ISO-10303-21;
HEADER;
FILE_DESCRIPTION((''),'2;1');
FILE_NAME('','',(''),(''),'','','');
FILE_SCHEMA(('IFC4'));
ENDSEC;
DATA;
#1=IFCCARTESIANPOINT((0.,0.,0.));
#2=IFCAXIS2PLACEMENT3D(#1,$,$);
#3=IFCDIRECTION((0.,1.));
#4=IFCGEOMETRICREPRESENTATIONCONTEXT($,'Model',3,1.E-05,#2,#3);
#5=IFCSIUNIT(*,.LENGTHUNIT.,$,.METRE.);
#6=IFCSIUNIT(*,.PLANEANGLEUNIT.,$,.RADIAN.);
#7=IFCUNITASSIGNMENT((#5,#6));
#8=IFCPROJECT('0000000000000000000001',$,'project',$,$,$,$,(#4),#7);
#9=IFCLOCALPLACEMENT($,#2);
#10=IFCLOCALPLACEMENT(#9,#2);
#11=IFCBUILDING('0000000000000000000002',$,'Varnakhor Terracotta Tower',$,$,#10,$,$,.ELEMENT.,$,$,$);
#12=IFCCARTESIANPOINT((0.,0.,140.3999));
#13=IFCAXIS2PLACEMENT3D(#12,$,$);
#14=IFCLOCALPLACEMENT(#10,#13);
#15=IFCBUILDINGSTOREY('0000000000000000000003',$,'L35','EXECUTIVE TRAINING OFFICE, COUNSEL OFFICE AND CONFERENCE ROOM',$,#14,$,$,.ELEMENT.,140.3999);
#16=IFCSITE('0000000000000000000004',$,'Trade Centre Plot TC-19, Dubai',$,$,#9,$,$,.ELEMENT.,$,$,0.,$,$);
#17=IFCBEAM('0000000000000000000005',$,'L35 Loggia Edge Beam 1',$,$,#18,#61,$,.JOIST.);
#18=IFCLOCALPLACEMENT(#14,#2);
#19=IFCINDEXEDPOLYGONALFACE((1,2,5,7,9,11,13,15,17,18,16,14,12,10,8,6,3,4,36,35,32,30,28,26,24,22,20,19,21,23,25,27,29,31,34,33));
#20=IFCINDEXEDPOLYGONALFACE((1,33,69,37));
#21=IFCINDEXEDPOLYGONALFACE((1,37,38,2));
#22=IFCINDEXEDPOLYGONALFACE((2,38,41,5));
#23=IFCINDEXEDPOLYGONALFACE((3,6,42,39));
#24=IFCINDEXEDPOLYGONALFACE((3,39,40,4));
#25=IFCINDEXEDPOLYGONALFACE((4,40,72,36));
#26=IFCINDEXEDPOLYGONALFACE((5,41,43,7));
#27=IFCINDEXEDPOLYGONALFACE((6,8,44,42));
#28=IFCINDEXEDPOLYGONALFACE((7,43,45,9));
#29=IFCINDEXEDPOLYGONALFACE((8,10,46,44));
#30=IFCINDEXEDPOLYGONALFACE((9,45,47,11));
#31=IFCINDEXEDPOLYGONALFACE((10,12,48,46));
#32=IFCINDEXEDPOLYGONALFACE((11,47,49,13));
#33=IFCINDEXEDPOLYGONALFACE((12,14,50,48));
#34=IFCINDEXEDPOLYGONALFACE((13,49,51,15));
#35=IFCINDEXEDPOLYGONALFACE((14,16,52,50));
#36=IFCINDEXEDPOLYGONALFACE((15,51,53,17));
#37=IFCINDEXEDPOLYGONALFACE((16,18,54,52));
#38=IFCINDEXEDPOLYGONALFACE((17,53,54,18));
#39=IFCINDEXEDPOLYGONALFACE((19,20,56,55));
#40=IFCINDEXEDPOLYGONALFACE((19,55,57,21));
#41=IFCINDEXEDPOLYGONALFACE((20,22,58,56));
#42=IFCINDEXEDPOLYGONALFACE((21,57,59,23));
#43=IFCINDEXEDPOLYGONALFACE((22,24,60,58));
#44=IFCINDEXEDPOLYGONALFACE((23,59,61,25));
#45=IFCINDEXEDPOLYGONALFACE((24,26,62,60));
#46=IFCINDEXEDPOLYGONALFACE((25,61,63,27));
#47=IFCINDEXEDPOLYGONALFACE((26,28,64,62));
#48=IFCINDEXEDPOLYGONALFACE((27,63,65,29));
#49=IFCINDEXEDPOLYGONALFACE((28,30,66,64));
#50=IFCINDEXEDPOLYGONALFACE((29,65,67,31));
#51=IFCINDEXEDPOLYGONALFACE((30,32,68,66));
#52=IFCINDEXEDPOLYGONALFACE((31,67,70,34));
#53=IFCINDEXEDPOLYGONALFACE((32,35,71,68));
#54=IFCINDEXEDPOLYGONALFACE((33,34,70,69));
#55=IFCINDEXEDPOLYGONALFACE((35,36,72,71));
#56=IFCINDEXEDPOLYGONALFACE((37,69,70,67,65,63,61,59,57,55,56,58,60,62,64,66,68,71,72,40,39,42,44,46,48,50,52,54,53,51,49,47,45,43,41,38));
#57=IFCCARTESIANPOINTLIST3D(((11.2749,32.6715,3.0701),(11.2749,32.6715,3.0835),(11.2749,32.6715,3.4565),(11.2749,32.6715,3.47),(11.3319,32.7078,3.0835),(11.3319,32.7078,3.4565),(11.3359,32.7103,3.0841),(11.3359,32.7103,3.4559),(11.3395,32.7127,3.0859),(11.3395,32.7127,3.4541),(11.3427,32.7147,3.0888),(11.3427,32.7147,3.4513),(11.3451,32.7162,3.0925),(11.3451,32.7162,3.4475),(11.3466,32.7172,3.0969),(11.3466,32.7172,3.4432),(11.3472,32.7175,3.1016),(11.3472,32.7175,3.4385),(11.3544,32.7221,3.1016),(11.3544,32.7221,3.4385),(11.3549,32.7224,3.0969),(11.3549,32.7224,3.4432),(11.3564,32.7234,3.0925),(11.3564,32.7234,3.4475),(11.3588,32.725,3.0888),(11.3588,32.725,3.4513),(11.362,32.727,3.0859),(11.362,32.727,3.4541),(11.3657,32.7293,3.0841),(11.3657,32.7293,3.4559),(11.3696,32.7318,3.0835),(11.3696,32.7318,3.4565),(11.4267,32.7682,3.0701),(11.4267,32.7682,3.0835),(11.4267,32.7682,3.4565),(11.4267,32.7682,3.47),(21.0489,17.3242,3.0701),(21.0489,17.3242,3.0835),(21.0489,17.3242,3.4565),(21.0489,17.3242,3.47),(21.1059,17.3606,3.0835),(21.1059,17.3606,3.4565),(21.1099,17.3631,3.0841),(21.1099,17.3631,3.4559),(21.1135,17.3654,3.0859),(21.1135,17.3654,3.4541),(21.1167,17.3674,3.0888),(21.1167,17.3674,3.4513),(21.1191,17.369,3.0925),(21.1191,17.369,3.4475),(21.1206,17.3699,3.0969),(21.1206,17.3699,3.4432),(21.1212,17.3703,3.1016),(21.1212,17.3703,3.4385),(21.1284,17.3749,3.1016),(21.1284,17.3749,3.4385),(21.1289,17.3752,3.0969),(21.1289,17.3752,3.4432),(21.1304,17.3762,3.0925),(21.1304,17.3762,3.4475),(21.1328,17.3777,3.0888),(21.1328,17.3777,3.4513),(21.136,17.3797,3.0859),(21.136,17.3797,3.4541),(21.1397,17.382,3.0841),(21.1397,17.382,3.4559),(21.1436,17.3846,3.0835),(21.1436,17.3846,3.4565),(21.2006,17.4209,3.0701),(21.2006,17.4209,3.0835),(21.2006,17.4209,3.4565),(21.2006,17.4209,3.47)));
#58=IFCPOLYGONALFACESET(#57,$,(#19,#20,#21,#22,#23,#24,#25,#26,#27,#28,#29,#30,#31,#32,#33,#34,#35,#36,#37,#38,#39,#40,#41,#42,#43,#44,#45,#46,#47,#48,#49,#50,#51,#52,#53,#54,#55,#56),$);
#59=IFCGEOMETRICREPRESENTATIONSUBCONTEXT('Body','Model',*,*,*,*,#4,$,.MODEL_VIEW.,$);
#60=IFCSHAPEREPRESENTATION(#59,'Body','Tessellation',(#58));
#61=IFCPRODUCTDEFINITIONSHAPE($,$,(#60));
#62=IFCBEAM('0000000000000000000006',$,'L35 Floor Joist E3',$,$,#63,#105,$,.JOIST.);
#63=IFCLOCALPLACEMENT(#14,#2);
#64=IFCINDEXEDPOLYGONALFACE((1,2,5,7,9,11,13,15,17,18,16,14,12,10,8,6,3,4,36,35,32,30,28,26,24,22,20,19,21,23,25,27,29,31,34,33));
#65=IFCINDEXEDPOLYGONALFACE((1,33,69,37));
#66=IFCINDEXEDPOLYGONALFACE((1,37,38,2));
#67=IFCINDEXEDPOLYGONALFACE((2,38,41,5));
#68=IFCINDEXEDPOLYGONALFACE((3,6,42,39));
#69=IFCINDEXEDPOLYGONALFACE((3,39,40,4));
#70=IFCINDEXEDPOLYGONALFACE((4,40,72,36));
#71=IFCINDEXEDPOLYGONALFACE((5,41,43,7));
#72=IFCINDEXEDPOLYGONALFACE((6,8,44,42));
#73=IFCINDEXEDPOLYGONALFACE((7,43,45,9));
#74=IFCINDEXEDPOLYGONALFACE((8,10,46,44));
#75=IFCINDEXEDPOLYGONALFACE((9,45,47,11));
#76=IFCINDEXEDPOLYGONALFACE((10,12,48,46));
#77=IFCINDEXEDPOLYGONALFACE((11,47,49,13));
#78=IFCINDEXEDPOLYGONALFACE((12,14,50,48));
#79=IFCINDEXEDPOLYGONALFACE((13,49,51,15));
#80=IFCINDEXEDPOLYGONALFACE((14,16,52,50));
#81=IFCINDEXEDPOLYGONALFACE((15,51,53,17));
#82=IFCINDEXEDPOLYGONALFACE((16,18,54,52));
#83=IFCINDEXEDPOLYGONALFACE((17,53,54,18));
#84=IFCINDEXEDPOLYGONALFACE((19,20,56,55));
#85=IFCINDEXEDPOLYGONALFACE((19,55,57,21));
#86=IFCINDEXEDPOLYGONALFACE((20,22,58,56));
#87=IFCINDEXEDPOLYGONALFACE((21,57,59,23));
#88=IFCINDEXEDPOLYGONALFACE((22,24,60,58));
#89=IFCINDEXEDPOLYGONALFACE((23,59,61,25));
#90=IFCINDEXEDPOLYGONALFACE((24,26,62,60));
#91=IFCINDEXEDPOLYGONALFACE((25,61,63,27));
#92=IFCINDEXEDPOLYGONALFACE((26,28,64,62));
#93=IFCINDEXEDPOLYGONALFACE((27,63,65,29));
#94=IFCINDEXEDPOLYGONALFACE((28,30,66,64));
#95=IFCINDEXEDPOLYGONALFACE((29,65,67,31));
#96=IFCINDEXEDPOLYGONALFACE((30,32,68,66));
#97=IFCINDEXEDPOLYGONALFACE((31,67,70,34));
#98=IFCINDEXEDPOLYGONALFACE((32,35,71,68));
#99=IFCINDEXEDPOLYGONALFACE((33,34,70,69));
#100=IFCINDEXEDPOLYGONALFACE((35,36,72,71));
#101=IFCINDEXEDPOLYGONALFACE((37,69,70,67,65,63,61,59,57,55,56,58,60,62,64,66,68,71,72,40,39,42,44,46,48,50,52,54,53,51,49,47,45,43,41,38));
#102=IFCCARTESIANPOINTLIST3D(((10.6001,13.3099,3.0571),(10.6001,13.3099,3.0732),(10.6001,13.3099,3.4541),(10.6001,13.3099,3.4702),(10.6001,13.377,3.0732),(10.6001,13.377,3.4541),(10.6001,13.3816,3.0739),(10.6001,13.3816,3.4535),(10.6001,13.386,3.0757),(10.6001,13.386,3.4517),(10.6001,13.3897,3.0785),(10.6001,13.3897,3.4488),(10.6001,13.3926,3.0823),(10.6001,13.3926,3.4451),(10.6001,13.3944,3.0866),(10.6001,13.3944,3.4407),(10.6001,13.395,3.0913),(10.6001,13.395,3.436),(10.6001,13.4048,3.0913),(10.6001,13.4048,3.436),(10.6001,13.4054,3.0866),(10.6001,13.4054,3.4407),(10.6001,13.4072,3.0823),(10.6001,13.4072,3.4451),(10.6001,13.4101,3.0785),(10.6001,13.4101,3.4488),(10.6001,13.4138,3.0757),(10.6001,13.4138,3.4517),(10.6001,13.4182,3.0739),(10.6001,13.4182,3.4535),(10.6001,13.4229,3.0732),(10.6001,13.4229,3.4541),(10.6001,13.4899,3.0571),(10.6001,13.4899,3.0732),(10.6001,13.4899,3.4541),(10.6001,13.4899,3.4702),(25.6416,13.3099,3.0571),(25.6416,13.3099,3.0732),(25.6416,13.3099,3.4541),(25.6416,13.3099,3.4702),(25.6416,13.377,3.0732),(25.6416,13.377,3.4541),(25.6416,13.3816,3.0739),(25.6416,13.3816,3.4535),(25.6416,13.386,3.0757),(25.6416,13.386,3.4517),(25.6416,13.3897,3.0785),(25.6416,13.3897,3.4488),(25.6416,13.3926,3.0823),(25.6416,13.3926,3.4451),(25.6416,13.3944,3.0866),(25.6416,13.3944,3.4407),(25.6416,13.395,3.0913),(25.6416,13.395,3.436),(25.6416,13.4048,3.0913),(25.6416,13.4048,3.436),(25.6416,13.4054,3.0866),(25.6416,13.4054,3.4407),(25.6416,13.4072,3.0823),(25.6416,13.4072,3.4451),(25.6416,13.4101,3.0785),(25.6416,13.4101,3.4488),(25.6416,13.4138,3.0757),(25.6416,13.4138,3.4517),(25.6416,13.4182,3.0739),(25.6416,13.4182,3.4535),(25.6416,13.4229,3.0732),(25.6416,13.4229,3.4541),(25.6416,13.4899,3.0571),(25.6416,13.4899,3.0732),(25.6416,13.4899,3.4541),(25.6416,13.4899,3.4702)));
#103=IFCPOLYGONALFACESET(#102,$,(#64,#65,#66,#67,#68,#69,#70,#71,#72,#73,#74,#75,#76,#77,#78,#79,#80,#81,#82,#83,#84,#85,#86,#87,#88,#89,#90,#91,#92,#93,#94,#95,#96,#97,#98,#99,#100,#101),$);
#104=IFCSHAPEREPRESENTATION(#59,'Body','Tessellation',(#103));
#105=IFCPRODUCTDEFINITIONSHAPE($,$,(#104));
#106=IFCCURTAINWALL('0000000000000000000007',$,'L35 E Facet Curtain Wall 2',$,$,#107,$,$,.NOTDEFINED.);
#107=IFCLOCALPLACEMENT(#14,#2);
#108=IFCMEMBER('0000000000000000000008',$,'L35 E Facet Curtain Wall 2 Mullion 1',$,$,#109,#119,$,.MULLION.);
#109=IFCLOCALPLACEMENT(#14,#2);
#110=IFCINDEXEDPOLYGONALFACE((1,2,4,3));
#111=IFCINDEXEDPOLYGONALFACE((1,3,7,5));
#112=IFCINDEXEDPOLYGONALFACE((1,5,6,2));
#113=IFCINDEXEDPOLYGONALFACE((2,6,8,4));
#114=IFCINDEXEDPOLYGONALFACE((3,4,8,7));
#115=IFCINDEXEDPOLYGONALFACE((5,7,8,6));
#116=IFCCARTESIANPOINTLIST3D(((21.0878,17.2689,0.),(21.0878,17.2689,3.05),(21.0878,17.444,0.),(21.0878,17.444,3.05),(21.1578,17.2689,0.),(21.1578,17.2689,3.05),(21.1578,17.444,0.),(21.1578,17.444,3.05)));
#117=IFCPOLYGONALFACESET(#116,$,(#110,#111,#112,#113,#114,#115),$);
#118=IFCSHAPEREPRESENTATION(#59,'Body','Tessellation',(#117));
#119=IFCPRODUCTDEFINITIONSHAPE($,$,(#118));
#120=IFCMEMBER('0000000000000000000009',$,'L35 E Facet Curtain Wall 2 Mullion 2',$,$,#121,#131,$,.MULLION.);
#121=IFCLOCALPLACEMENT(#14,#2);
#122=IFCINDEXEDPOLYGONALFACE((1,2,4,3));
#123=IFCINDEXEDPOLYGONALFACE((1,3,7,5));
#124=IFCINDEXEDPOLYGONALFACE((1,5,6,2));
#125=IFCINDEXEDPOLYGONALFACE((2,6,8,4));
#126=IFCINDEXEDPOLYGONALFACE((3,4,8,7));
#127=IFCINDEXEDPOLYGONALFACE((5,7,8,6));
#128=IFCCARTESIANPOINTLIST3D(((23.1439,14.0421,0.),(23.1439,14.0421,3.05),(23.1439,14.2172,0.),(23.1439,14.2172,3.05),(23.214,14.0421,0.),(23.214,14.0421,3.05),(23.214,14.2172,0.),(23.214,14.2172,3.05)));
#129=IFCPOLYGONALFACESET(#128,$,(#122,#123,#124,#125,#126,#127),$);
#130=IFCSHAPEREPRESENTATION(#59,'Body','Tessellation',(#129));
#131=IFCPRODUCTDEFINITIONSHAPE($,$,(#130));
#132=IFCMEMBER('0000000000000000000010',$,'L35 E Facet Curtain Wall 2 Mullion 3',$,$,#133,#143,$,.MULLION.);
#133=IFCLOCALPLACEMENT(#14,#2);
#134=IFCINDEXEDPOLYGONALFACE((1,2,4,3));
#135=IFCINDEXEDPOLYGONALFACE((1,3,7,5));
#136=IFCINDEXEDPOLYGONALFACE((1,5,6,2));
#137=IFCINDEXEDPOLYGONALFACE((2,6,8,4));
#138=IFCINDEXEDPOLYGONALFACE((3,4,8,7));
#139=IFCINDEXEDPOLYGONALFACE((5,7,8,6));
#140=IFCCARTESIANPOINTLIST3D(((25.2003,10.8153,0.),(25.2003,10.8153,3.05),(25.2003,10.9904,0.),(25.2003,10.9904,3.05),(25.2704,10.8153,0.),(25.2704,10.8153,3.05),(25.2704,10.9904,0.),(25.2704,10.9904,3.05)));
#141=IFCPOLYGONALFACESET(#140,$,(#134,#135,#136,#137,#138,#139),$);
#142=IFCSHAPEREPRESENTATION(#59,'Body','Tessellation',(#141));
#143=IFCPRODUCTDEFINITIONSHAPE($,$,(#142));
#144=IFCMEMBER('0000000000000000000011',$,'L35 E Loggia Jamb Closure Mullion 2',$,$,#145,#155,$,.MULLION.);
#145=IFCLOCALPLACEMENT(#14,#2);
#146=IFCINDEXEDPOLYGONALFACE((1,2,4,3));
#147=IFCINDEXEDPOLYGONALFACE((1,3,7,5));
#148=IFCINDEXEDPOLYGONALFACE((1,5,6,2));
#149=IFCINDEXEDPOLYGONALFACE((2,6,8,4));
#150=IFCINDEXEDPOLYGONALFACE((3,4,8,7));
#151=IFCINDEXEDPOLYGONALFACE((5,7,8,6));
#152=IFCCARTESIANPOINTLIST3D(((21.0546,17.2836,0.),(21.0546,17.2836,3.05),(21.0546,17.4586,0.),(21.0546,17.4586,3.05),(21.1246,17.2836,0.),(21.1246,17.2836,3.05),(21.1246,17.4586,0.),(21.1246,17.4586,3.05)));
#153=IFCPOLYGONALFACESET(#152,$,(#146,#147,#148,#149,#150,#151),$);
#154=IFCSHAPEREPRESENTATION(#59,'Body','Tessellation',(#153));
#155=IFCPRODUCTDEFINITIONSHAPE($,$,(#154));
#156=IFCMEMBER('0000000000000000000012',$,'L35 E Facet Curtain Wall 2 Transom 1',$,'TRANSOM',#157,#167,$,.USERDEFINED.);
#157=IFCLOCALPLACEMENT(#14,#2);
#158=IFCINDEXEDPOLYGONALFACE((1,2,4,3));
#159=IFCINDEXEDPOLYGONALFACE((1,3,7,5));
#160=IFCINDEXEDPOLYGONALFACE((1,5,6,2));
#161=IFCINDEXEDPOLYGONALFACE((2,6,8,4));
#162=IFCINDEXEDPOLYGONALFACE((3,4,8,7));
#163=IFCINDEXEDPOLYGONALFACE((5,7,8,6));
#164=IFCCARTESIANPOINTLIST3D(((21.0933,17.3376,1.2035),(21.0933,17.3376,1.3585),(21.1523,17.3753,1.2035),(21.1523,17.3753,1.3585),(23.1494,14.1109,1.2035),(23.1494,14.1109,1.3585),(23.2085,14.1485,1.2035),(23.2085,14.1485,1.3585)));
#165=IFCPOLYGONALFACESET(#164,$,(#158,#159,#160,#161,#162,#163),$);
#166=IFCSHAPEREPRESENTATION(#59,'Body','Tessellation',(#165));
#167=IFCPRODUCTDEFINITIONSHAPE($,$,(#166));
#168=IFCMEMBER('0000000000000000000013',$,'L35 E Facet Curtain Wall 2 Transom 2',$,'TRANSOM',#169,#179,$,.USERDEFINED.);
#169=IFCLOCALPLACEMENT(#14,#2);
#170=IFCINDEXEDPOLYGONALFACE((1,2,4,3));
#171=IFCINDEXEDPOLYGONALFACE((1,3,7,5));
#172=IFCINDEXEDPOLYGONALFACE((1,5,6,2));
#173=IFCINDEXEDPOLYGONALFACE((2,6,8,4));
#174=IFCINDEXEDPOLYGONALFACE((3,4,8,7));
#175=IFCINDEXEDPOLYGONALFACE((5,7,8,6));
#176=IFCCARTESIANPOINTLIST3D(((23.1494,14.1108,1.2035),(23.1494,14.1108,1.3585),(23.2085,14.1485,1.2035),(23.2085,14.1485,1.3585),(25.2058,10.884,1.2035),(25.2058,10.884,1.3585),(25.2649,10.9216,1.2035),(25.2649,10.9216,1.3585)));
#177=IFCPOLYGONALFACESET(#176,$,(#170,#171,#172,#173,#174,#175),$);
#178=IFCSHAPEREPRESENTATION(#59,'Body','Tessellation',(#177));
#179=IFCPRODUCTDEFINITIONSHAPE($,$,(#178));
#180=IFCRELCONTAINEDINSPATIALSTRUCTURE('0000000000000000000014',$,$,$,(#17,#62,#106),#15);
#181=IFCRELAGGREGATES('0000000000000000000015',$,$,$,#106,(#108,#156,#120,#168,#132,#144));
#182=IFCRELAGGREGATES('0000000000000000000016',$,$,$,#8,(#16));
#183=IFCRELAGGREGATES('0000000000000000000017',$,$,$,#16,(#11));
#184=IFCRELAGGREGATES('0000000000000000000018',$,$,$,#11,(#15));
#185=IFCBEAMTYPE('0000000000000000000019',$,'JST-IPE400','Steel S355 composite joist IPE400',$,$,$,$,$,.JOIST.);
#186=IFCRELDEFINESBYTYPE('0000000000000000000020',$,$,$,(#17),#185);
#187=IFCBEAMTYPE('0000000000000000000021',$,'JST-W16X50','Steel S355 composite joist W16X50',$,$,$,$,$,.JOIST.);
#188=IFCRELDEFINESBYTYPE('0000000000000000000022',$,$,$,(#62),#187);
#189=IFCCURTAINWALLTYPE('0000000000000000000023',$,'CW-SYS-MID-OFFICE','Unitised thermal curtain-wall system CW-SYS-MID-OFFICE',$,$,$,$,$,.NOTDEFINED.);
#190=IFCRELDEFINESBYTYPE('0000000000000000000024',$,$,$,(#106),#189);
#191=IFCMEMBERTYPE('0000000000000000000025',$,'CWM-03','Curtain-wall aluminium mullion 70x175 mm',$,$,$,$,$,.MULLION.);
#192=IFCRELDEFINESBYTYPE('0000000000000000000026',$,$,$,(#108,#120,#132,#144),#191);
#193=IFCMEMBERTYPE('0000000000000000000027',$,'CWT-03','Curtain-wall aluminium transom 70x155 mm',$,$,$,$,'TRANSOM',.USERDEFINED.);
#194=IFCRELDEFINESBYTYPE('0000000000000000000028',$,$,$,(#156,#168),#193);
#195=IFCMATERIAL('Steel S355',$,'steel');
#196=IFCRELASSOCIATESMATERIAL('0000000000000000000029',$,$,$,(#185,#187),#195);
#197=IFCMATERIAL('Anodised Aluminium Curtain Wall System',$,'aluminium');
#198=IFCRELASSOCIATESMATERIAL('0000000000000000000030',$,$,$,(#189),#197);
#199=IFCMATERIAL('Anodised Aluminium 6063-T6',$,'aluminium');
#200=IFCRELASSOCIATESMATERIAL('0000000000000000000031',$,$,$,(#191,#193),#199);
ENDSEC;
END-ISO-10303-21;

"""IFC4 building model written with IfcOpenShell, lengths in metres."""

from ifc_helpers import new_model, si_unit, direction, frame, origin, origin_2d, place, context, subcontext, project, spatial, rectangle, i_section, extrude, source, transform, mapped, material, material_profile, profile_set, type_object, element, aggregate, save


model = new_model("IFC4")

# Units and contexts
model_context = context("Model", 3, precision=1e-05, world=origin(), true_north=direction((0.0, 1.0)))
body_context = subcontext(model_context, "Body", "Model", "MODEL_VIEW")
ifc_project = project(units=[si_unit("LENGTHUNIT", "METRE"), si_unit("PLANEANGLEUNIT", "RADIAN")], contexts=[model_context])

# Site, building, storey
site_placement = place(None, origin())
site = spatial("IfcSite", under=ifc_project, at=site_placement, Name="Trade Centre Plot TC-19, Dubai", CompositionType="ELEMENT", RefElevation=0.0)
building_placement = place(site_placement, origin())
building = spatial("IfcBuilding", under=site, at=building_placement, Name="Varnakhor Terracotta Tower", CompositionType="ELEMENT")
storey_placement = place(building_placement, frame((0.0, 0.0, 140.3999)))
storey = spatial("IfcBuildingStorey", under=building, at=storey_placement, Name="L35", Description="EXECUTIVE TRAINING OFFICE, COUNSEL OFFICE AND CONFERENCE ROOM", CompositionType="ELEMENT", Elevation=140.3999)

# Beams
ifc_material_1 = material(Name="Steel S355", Category="steel")
ifc_material_profile_1 = material_profile(ifc_material_1, i_section(OverallWidth=0.1799, OverallDepth=0.3999, WebThickness=0.0085, FlangeThickness=0.0134, FilletRadius=0.0181, at=origin_2d()), Name="IPE400")
ifc_profile_set_1 = profile_set([ifc_material_profile_1], Name="Steel S355")
beam_type_1 = type_object("IfcBeamType", Name="JST-IPE400", Description="Steel S355 composite joist IPE400", PredefinedType="JOIST", material=ifc_profile_set_1)
shared_shape_1 = source(origin(), body_context, "Body", "SweptSolid", [
    extrude(i_section(OverallWidth=0.1799, OverallDepth=0.3999, WebThickness=0.0085, FlangeThickness=0.0134, FilletRadius=0.0181, at=origin_2d()), origin(), (0.0, 0.0, 1.0), 18.1953),
])
beam_1_placement = place(storey_placement, frame((21.1248, 17.3726, 3.27), z_axis=(-0.537171, 0.843474, 0.0), x_axis=(-0.843474, -0.537171, 0.0)))
element("IfcBeam", 1, at=beam_1_placement, inside=storey, type_object=beam_type_1, Name="L35 Loggia Edge Beam 1", PredefinedType="JOIST", context=body_context, shape_type="MappedRepresentation", body=[
    mapped(shared_shape_1, transform((0.0, 0.0, 0.0), scale=1.0)),
])
ifc_material_profile_2 = material_profile(ifc_material_1, i_section(OverallWidth=0.1799, OverallDepth=0.4131, WebThickness=0.0098, FlangeThickness=0.0161, FilletRadius=0.0181, at=origin_2d()), Name="W16X50")
ifc_profile_set_2 = profile_set([ifc_material_profile_2], Name="Steel S355")
beam_type_2 = type_object("IfcBeamType", Name="JST-W16X50", Description="Steel S355 composite joist W16X50", PredefinedType="JOIST", material=ifc_profile_set_2)
shared_shape_2 = source(origin(), body_context, "Body", "SweptSolid", [
    extrude(i_section(OverallWidth=0.1799, OverallDepth=0.4131, WebThickness=0.0098, FlangeThickness=0.0161, FilletRadius=0.0181, at=origin_2d()), origin(), (0.0, 0.0, 1.0), 15.0415),
])
beam_2_placement = place(storey_placement, frame((10.6001, 13.3999, 3.2637), z_axis=(1.0, 0.0, 0.0), x_axis=(0.0, 1.0, 0.0)))
element("IfcBeam", 2, at=beam_2_placement, inside=storey, type_object=beam_type_2, Name="L35 Floor Joist E3", PredefinedType="JOIST", context=body_context, shape_type="MappedRepresentation", body=[
    mapped(shared_shape_2, transform((0.0, 0.0, 0.0), scale=1.0)),
])

# Curtain wall, members
ifc_material_2 = material(Name="Anodised Aluminium Curtain Wall System", Category="aluminium")
curtain_wall_type = type_object("IfcCurtainWallType", Name="CW-SYS-MID-OFFICE", Description="Unitised thermal curtain-wall system CW-SYS-MID-OFFICE", PredefinedType="NOTDEFINED", material=ifc_material_2)
curtain_wall_placement = place(storey_placement, origin())
curtain_wall = element("IfcCurtainWall", 3, at=curtain_wall_placement, inside=storey, type_object=curtain_wall_type, Name="L35 E Facet Curtain Wall 2", PredefinedType="NOTDEFINED")
ifc_material_3 = material(Name="Anodised Aluminium 6063-T6", Category="aluminium")
ifc_material_profile_3 = material_profile(ifc_material_3, rectangle(XDim=0.0701, YDim=0.175, at=origin_2d()), Name="ALU MULLION 70x175")
ifc_profile_set_3 = profile_set([ifc_material_profile_3], Name="Anodised Aluminium 6063-T6")
member_type_1 = type_object("IfcMemberType", Name="CWM-03", Description="Curtain-wall aluminium mullion 70x175 mm", PredefinedType="MULLION", material=ifc_profile_set_3)
shared_shape_3 = source(origin(), body_context, "Body", "SweptSolid", [
    extrude(rectangle(XDim=0.0701, YDim=0.175, at=origin_2d()), origin(), (0.0, 0.0, 1.0), 3.05),
])
member_1_placement = place(storey_placement, frame((21.1228, 17.3564, 0.0), z_axis=(0.0, 0.0, 1.0), x_axis=(1.0, 0.0, 0.0)))
member_1 = element("IfcMember", 4, at=member_1_placement, type_object=member_type_1, Name="L35 E Facet Curtain Wall 2 Mullion 1", PredefinedType="MULLION", context=body_context, shape_type="MappedRepresentation", body=[
    mapped(shared_shape_3, transform((0.0, 0.0, 0.0), scale=1.0)),
])
member_2_placement = place(storey_placement, frame((23.179, 14.1296, 0.0), z_axis=(0.0, 0.0, 1.0), x_axis=(1.0, 0.0, 0.0)))
member_2 = element("IfcMember", 5, at=member_2_placement, type_object=member_type_1, Name="L35 E Facet Curtain Wall 2 Mullion 2", PredefinedType="MULLION", context=body_context, shape_type="MappedRepresentation", body=[
    mapped(shared_shape_3, transform((0.0, 0.0, 0.0), scale=1.0)),
])
member_3_placement = place(storey_placement, frame((25.2354, 10.9028, 0.0), z_axis=(0.0, 0.0, 1.0), x_axis=(1.0, 0.0, 0.0)))
member_3 = element("IfcMember", 6, at=member_3_placement, type_object=member_type_1, Name="L35 E Facet Curtain Wall 2 Mullion 3", PredefinedType="MULLION", context=body_context, shape_type="MappedRepresentation", body=[
    mapped(shared_shape_3, transform((0.0, 0.0, 0.0), scale=1.0)),
])
member_4_placement = place(storey_placement, frame((21.0896, 17.3711, 0.0), z_axis=(0.0, 0.0, 1.0), x_axis=(1.0, 0.0, 0.0)))
member_4 = element("IfcMember", 7, at=member_4_placement, type_object=member_type_1, Name="L35 E Loggia Jamb Closure Mullion 2", PredefinedType="MULLION", context=body_context, shape_type="MappedRepresentation", body=[
    mapped(shared_shape_3, transform((0.0, 0.0, 0.0), scale=1.0)),
])
ifc_material_profile_4 = material_profile(ifc_material_3, rectangle(XDim=0.0701, YDim=0.155, at=origin_2d()), Name="ALU TRANSOM 70x155")
ifc_profile_set_4 = profile_set([ifc_material_profile_4], Name="Anodised Aluminium 6063-T6")
member_type_2 = type_object("IfcMemberType", Name="CWT-03", Description="Curtain-wall aluminium transom 70x155 mm", ElementType="TRANSOM", PredefinedType="USERDEFINED", material=ifc_profile_set_4)
shared_shape_4 = source(origin(), body_context, "Body", "SweptSolid", [
    extrude(rectangle(XDim=0.0701, YDim=0.155, at=origin_2d()), origin(), (0.0, 0.0, 1.0), 3.8262),
])
member_5_placement = place(storey_placement, frame((21.1228, 17.3564, 1.281), z_axis=(0.537383, -0.843338, 0.0), x_axis=(0.843338, 0.537383, 0.0)))
member_5 = element("IfcMember", 8, at=member_5_placement, type_object=member_type_2, Name="L35 E Facet Curtain Wall 2 Transom 1", ObjectType="TRANSOM", PredefinedType="USERDEFINED", context=body_context, shape_type="MappedRepresentation", body=[
    mapped(shared_shape_4, transform((0.0, 0.0, 0.0), scale=1.0)),
])
shared_shape_5 = source(origin(), body_context, "Body", "SweptSolid", [
    extrude(rectangle(XDim=0.0701, YDim=0.155, at=origin_2d()), origin(), (0.0, 0.0, 1.0), 3.8264),
])
member_6_placement = place(storey_placement, frame((23.179, 14.1296, 1.281), z_axis=(0.537429, -0.843309, 0.0), x_axis=(0.843309, 0.537429, 0.0)))
member_6 = element("IfcMember", 9, at=member_6_placement, type_object=member_type_2, Name="L35 E Facet Curtain Wall 2 Transom 2", ObjectType="TRANSOM", PredefinedType="USERDEFINED", context=body_context, shape_type="MappedRepresentation", body=[
    mapped(shared_shape_5, transform((0.0, 0.0, 0.0), scale=1.0)),
])

aggregate(curtain_wall, [member_1, member_5, member_2, member_6, member_3, member_4])

save(model, "model.ifc")
